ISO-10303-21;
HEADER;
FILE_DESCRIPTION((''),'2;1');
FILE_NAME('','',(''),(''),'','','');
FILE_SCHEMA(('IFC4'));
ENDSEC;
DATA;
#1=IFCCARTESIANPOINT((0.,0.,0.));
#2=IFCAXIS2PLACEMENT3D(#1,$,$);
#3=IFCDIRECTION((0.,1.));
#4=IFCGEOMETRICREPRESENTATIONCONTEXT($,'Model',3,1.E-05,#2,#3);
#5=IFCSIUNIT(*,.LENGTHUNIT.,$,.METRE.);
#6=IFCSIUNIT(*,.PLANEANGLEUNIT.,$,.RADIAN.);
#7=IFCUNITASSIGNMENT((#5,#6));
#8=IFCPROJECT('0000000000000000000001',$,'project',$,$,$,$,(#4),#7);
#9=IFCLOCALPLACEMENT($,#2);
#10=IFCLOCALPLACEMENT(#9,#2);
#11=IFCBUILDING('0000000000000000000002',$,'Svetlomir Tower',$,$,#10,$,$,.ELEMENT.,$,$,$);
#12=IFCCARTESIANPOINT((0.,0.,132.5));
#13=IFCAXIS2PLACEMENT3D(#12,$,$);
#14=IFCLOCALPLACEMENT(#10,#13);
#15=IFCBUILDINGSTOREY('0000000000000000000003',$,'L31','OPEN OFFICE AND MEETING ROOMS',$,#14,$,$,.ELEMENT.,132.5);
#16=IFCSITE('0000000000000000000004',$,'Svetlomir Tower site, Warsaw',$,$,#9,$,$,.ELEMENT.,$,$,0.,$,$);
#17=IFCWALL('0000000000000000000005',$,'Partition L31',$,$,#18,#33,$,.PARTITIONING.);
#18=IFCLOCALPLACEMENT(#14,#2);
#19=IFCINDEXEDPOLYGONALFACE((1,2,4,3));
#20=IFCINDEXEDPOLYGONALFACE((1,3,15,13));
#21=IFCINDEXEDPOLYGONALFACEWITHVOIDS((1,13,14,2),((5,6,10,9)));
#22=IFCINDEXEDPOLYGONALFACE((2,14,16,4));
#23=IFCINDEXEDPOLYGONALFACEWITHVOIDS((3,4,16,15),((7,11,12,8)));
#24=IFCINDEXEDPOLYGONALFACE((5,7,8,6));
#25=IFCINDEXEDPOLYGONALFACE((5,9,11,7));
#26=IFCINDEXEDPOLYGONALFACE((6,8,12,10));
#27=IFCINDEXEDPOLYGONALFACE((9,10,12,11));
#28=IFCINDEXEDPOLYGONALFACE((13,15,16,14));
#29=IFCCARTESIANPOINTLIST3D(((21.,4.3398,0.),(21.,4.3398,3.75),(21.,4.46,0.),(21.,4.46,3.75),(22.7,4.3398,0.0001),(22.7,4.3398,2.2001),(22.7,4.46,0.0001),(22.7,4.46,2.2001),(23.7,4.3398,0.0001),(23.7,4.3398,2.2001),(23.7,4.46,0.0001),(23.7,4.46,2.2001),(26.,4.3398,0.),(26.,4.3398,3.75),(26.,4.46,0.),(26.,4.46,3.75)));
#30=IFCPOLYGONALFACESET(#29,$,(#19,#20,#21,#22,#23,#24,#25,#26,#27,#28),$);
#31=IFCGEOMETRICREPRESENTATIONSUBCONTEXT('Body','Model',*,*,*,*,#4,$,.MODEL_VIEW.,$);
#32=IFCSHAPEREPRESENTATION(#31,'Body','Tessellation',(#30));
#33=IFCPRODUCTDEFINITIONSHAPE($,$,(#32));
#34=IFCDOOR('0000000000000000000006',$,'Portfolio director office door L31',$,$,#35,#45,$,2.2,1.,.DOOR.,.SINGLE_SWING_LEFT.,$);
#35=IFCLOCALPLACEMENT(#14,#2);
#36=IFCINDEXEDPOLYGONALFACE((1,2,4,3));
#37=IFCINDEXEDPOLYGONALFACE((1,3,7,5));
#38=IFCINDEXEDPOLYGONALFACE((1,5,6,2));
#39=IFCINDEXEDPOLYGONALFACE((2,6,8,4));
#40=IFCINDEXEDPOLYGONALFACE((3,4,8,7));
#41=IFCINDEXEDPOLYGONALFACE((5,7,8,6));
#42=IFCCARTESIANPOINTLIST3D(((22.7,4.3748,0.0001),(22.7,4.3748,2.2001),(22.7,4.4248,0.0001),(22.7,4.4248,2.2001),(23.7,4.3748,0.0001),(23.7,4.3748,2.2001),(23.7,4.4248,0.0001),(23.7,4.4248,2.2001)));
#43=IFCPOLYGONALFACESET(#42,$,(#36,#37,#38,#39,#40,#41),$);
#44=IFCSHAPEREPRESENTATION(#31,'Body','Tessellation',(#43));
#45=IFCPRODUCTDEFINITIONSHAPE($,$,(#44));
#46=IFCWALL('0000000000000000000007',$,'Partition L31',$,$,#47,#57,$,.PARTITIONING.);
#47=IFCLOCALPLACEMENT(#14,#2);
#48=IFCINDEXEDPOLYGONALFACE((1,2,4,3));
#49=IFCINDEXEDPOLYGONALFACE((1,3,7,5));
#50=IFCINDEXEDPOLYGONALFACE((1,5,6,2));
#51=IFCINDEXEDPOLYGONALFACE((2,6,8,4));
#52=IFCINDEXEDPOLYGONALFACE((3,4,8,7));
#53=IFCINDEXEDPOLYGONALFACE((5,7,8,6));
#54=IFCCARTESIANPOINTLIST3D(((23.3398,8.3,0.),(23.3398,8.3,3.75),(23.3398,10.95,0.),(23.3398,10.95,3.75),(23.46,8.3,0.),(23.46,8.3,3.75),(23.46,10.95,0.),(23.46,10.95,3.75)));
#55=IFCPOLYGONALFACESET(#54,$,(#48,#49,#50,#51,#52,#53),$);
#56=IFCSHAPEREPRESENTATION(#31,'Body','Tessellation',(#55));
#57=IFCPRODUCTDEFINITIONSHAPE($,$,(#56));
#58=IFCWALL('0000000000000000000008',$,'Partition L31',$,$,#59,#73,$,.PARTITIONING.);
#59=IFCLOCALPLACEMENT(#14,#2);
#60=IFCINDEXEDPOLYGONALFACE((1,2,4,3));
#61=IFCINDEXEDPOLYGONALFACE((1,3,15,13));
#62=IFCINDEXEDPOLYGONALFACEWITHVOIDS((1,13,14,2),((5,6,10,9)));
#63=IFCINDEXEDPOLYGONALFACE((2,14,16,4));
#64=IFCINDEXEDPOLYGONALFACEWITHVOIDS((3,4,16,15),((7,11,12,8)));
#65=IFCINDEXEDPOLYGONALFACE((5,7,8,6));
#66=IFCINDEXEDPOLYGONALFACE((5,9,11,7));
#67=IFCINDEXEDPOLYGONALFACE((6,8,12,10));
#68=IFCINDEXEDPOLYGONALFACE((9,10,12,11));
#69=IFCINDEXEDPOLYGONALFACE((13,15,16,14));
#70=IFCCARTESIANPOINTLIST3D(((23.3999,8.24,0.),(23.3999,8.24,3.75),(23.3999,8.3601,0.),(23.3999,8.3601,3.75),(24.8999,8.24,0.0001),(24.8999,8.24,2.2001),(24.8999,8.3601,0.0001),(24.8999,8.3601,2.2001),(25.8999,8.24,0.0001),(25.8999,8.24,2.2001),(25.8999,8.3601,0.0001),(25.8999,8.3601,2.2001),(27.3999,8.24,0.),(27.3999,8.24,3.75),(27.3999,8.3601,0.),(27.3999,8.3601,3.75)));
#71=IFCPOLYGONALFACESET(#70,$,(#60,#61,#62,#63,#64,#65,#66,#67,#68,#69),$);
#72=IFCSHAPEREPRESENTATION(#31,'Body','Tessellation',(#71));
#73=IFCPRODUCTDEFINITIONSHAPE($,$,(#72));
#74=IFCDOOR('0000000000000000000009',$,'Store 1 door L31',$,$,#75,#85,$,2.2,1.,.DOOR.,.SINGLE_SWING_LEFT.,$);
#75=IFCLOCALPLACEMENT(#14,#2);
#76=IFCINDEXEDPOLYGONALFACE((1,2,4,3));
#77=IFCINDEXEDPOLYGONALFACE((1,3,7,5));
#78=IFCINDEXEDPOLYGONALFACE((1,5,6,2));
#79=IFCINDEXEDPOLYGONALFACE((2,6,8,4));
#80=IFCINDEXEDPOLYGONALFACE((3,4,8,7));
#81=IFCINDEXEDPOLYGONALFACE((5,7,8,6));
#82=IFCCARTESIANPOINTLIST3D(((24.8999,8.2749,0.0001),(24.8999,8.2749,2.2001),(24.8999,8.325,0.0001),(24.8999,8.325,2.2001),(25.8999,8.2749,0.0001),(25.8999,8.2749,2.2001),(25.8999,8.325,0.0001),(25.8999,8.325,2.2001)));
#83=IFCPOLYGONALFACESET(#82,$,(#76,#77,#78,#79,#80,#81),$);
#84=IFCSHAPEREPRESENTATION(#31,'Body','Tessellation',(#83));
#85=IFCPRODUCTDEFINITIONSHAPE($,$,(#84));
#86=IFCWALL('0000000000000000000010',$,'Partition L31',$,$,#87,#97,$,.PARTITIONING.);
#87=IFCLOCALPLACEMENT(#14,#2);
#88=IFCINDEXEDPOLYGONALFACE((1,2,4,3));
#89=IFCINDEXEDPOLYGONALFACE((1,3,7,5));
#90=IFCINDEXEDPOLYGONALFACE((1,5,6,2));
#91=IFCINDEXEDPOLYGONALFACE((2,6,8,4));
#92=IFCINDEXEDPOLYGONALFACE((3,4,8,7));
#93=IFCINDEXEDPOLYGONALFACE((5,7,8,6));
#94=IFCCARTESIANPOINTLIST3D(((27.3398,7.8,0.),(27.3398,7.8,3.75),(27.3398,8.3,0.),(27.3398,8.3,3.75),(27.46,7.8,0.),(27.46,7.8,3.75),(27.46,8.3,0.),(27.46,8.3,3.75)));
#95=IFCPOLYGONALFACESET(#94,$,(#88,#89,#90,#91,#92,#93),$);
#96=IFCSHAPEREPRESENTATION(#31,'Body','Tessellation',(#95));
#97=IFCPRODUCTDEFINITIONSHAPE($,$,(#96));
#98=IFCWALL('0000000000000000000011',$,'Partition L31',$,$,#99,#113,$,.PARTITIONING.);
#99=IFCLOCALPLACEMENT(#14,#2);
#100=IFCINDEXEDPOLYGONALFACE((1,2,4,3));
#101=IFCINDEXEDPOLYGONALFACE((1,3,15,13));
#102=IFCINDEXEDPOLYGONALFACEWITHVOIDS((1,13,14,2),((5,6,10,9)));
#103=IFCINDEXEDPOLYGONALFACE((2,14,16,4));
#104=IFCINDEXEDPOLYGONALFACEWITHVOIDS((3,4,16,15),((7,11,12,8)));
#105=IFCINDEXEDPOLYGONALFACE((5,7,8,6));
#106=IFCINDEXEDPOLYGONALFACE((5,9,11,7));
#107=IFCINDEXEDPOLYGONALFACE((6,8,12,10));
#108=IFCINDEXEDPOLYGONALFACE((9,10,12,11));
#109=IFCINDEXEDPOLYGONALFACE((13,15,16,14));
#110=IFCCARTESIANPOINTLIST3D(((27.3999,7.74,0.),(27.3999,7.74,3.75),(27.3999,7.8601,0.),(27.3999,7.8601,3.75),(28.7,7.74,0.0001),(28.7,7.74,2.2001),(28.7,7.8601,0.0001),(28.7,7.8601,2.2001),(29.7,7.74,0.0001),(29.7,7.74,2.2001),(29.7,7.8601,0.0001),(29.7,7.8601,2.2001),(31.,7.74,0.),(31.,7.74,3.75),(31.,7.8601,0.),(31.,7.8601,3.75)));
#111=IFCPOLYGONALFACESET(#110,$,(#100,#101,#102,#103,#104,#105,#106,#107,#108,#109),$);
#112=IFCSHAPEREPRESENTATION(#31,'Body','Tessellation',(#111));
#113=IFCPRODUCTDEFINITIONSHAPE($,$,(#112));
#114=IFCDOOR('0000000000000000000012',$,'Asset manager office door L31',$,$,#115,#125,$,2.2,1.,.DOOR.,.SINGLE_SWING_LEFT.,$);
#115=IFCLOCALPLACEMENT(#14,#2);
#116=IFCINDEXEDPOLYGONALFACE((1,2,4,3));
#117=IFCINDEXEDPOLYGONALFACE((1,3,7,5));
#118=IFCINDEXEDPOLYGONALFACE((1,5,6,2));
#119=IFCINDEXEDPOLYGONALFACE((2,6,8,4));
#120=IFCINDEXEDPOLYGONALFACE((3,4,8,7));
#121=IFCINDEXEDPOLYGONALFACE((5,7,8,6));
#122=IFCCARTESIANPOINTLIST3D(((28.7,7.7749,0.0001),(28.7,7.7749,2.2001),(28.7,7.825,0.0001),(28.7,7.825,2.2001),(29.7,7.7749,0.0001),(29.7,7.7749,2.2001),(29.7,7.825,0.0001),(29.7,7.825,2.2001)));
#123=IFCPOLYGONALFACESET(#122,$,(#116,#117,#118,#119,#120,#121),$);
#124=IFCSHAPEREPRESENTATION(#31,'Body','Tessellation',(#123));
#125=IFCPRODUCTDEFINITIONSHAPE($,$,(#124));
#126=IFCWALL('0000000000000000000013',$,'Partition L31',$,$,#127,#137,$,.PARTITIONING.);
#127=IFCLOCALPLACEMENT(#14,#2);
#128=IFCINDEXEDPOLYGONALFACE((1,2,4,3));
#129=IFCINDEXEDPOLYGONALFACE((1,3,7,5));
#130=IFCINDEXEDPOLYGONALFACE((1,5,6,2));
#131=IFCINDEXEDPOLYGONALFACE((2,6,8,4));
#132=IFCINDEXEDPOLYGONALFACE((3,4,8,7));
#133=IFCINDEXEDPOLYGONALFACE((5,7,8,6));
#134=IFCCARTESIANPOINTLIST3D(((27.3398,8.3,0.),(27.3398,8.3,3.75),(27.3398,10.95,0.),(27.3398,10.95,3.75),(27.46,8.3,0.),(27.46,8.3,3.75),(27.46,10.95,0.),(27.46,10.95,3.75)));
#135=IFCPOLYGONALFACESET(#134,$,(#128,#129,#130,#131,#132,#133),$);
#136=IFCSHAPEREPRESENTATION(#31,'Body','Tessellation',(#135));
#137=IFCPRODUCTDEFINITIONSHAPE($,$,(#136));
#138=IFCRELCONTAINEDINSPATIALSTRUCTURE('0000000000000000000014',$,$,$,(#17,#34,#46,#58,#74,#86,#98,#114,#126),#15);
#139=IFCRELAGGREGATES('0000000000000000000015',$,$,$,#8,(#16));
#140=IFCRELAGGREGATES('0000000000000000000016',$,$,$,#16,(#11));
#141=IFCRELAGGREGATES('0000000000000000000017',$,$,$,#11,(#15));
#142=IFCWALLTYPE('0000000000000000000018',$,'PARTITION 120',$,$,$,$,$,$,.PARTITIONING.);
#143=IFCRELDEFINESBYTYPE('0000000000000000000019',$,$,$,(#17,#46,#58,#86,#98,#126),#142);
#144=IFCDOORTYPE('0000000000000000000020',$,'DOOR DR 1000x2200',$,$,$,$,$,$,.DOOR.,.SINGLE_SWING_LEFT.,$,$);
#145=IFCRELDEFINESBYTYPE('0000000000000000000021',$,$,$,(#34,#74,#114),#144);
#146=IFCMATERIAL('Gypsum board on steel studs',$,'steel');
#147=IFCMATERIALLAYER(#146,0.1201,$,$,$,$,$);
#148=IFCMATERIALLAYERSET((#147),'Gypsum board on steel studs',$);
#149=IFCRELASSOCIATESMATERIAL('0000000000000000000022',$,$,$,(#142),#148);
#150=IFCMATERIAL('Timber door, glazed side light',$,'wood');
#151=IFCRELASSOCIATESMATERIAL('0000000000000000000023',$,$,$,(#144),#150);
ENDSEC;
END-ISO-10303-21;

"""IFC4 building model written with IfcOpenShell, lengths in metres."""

from ifc_helpers import new_model, si_unit, direction, frame, frame_2d, origin, place, context, subcontext, project, spatial, rectangle, extrude, material, layer, layer_set, type_object, element, fill, save


model = new_model("IFC4")

# Units and contexts
model_context = context("Model", 3, precision=1e-05, world=origin(), true_north=direction((0.0, 1.0)))
body_context = subcontext(model_context, "Body", "Model", "MODEL_VIEW")
ifc_project = project(units=[si_unit("LENGTHUNIT", "METRE"), si_unit("PLANEANGLEUNIT", "RADIAN")], contexts=[model_context])

# Site, building, storey
site_placement = place(None, origin())
site = spatial("IfcSite", under=ifc_project, at=site_placement, Name="Svetlomir Tower site, Warsaw", CompositionType="ELEMENT", RefElevation=0.0)
building_placement = place(site_placement, origin())
building = spatial("IfcBuilding", under=site, at=building_placement, Name="Svetlomir Tower", CompositionType="ELEMENT")
storey_placement = place(building_placement, frame((0.0, 0.0, 132.5)))
storey = spatial("IfcBuildingStorey", under=building, at=storey_placement, Name="L31", Description="OPEN OFFICE AND MEETING ROOMS", CompositionType="ELEMENT", Elevation=132.5)

# Shared definitions
ifc_material_1 = material(Name="Gypsum board on steel studs", Category="steel")
ifc_layer_1 = layer(ifc_material_1, 0.1201)
ifc_layer_set_1 = layer_set([ifc_layer_1], Name="Gypsum board on steel studs")
wall_type_1 = type_object("IfcWallType", Name="PARTITION 120", PredefinedType="PARTITIONING", material=ifc_layer_set_1)

# Wall, opening, door
wall_1_placement = place(storey_placement, frame((21.0, 4.3999, 0.0), z_axis=(0.0, 0.0, 1.0), x_axis=(1.0, 0.0, 0.0)))
wall_1 = element("IfcWall", 1, at=wall_1_placement, inside=storey, type_object=wall_type_1, Name="Partition L31", PredefinedType="PARTITIONING", context=body_context, shape_type="SweptSolid", body=[
    extrude(rectangle(XDim=5.0, YDim=0.1201, at=frame_2d((2.5, 0.0))), origin(), (0.0, 0.0, 1.0), 3.75),
])
opening_1_placement = place(wall_1_placement, frame((1.7, 0.0, 0.0)))
opening_1 = element("IfcOpeningElement", 2, at=opening_1_placement, cuts=wall_1, PredefinedType="OPENING", context=body_context, shape_type="SweptSolid", body=[
    extrude(rectangle(XDim=1.0, YDim=2.2, at=frame_2d((0.5, 1.1001))), frame((0.0, 0.0701, 0.0), z_axis=(0.0, -1.0, 0.0), x_axis=(1.0, 0.0, 0.0)), (0.0, 0.0, 1.0), 0.1401),
])
ifc_material_2 = material(Name="Timber door, glazed side light", Category="wood")
door_type_1 = type_object("IfcDoorType", Name="DOOR DR 1000x2200", OperationType="SINGLE_SWING_LEFT", PredefinedType="DOOR", material=ifc_material_2)
door_1_placement = place(opening_1_placement, origin())
door_1 = element("IfcDoor", 3, at=door_1_placement, inside=storey, type_object=door_type_1, Name="Portfolio director office door L31", OperationType="SINGLE_SWING_LEFT", OverallHeight=2.2, OverallWidth=1.0, PredefinedType="DOOR", context=body_context, shape_type="SweptSolid", body=[
    extrude(rectangle(XDim=1.0, YDim=2.2, at=frame_2d((0.5, 1.1001))), frame((0.0, 0.0249, 0.0), z_axis=(0.0, -1.0, 0.0), x_axis=(1.0, 0.0, 0.0)), (0.0, 0.0, 1.0), 0.05),
])
fill(opening_1, door_1)

# Wall
wall_2_placement = place(storey_placement, frame((23.3999, 8.3, 0.0), z_axis=(0.0, 0.0, 1.0), x_axis=(0.0, 1.0, 0.0)))
element("IfcWall", 4, at=wall_2_placement, inside=storey, type_object=wall_type_1, Name="Partition L31", PredefinedType="PARTITIONING", context=body_context, shape_type="SweptSolid", body=[
    extrude(rectangle(XDim=2.6499, YDim=0.1201, at=frame_2d((1.325, 0.0))), origin(), (0.0, 0.0, 1.0), 3.75),
])

# Wall, opening, door
wall_3_placement = place(storey_placement, frame((23.3999, 8.3, 0.0), z_axis=(0.0, 0.0, 1.0), x_axis=(1.0, 0.0, 0.0)))
wall_3 = element("IfcWall", 5, at=wall_3_placement, inside=storey, type_object=wall_type_1, Name="Partition L31", PredefinedType="PARTITIONING", context=body_context, shape_type="SweptSolid", body=[
    extrude(rectangle(XDim=4.0, YDim=0.1201, at=frame_2d((2.0, 0.0))), origin(), (0.0, 0.0, 1.0), 3.75),
])
opening_2_placement = place(wall_3_placement, frame((1.5, 0.0, 0.0)))
opening_2 = element("IfcOpeningElement", 6, at=opening_2_placement, cuts=wall_3, PredefinedType="OPENING", context=body_context, shape_type="SweptSolid", body=[
    extrude(rectangle(XDim=1.0, YDim=2.2, at=frame_2d((0.5, 1.1001))), frame((0.0, 0.0701, 0.0), z_axis=(0.0, -1.0, 0.0), x_axis=(1.0, 0.0, 0.0)), (0.0, 0.0, 1.0), 0.1401),
])
door_2_placement = place(opening_2_placement, origin())
door_2 = element("IfcDoor", 7, at=door_2_placement, inside=storey, type_object=door_type_1, Name="Store 1 door L31", OperationType="SINGLE_SWING_LEFT", OverallHeight=2.2, OverallWidth=1.0, PredefinedType="DOOR", context=body_context, shape_type="SweptSolid", body=[
    extrude(rectangle(XDim=1.0, YDim=2.2, at=frame_2d((0.5, 1.1001))), frame((0.0, 0.0249, 0.0), z_axis=(0.0, -1.0, 0.0), x_axis=(1.0, 0.0, 0.0)), (0.0, 0.0, 1.0), 0.05),
])
fill(opening_2, door_2)

# Wall
wall_4_placement = place(storey_placement, frame((27.3999, 7.8, 0.0), z_axis=(0.0, 0.0, 1.0), x_axis=(0.0, 1.0, 0.0)))
element("IfcWall", 8, at=wall_4_placement, inside=storey, type_object=wall_type_1, Name="Partition L31", PredefinedType="PARTITIONING", context=body_context, shape_type="SweptSolid", body=[
    extrude(rectangle(XDim=0.5, YDim=0.1201, at=frame_2d((0.25, 0.0))), origin(), (0.0, 0.0, 1.0), 3.75),
])

# Wall, opening, door
wall_5_placement = place(storey_placement, frame((27.3999, 7.8, 0.0), z_axis=(0.0, 0.0, 1.0), x_axis=(1.0, 0.0, 0.0)))
wall_5 = element("IfcWall", 9, at=wall_5_placement, inside=storey, type_object=wall_type_1, Name="Partition L31", PredefinedType="PARTITIONING", context=body_context, shape_type="SweptSolid", body=[
    extrude(rectangle(XDim=3.6001, YDim=0.1201, at=frame_2d((1.8, 0.0))), origin(), (0.0, 0.0, 1.0), 3.75),
])
opening_3_placement = place(wall_5_placement, frame((1.3, 0.0, 0.0)))
opening_3 = element("IfcOpeningElement", 10, at=opening_3_placement, cuts=wall_5, PredefinedType="OPENING", context=body_context, shape_type="SweptSolid", body=[
    extrude(rectangle(XDim=1.0, YDim=2.2, at=frame_2d((0.5, 1.1001))), frame((0.0, 0.0701, 0.0), z_axis=(0.0, -1.0, 0.0), x_axis=(1.0, 0.0, 0.0)), (0.0, 0.0, 1.0), 0.1401),
])
door_3_placement = place(opening_3_placement, origin())
door_3 = element("IfcDoor", 11, at=door_3_placement, inside=storey, type_object=door_type_1, Name="Asset manager office door L31", OperationType="SINGLE_SWING_LEFT", OverallHeight=2.2, OverallWidth=1.0, PredefinedType="DOOR", context=body_context, shape_type="SweptSolid", body=[
    extrude(rectangle(XDim=1.0, YDim=2.2, at=frame_2d((0.5, 1.1001))), frame((0.0, 0.0249, 0.0), z_axis=(0.0, -1.0, 0.0), x_axis=(1.0, 0.0, 0.0)), (0.0, 0.0, 1.0), 0.05),
])
fill(opening_3, door_3)

# Wall
wall_6_placement = place(storey_placement, frame((27.3999, 8.3, 0.0), z_axis=(0.0, 0.0, 1.0), x_axis=(0.0, 1.0, 0.0)))
element("IfcWall", 12, at=wall_6_placement, inside=storey, type_object=wall_type_1, Name="Partition L31", PredefinedType="PARTITIONING", context=body_context, shape_type="SweptSolid", body=[
    extrude(rectangle(XDim=2.6499, YDim=0.1201, at=frame_2d((1.325, 0.0))), origin(), (0.0, 0.0, 1.0), 3.75),
])

save(model, "model.ifc")
